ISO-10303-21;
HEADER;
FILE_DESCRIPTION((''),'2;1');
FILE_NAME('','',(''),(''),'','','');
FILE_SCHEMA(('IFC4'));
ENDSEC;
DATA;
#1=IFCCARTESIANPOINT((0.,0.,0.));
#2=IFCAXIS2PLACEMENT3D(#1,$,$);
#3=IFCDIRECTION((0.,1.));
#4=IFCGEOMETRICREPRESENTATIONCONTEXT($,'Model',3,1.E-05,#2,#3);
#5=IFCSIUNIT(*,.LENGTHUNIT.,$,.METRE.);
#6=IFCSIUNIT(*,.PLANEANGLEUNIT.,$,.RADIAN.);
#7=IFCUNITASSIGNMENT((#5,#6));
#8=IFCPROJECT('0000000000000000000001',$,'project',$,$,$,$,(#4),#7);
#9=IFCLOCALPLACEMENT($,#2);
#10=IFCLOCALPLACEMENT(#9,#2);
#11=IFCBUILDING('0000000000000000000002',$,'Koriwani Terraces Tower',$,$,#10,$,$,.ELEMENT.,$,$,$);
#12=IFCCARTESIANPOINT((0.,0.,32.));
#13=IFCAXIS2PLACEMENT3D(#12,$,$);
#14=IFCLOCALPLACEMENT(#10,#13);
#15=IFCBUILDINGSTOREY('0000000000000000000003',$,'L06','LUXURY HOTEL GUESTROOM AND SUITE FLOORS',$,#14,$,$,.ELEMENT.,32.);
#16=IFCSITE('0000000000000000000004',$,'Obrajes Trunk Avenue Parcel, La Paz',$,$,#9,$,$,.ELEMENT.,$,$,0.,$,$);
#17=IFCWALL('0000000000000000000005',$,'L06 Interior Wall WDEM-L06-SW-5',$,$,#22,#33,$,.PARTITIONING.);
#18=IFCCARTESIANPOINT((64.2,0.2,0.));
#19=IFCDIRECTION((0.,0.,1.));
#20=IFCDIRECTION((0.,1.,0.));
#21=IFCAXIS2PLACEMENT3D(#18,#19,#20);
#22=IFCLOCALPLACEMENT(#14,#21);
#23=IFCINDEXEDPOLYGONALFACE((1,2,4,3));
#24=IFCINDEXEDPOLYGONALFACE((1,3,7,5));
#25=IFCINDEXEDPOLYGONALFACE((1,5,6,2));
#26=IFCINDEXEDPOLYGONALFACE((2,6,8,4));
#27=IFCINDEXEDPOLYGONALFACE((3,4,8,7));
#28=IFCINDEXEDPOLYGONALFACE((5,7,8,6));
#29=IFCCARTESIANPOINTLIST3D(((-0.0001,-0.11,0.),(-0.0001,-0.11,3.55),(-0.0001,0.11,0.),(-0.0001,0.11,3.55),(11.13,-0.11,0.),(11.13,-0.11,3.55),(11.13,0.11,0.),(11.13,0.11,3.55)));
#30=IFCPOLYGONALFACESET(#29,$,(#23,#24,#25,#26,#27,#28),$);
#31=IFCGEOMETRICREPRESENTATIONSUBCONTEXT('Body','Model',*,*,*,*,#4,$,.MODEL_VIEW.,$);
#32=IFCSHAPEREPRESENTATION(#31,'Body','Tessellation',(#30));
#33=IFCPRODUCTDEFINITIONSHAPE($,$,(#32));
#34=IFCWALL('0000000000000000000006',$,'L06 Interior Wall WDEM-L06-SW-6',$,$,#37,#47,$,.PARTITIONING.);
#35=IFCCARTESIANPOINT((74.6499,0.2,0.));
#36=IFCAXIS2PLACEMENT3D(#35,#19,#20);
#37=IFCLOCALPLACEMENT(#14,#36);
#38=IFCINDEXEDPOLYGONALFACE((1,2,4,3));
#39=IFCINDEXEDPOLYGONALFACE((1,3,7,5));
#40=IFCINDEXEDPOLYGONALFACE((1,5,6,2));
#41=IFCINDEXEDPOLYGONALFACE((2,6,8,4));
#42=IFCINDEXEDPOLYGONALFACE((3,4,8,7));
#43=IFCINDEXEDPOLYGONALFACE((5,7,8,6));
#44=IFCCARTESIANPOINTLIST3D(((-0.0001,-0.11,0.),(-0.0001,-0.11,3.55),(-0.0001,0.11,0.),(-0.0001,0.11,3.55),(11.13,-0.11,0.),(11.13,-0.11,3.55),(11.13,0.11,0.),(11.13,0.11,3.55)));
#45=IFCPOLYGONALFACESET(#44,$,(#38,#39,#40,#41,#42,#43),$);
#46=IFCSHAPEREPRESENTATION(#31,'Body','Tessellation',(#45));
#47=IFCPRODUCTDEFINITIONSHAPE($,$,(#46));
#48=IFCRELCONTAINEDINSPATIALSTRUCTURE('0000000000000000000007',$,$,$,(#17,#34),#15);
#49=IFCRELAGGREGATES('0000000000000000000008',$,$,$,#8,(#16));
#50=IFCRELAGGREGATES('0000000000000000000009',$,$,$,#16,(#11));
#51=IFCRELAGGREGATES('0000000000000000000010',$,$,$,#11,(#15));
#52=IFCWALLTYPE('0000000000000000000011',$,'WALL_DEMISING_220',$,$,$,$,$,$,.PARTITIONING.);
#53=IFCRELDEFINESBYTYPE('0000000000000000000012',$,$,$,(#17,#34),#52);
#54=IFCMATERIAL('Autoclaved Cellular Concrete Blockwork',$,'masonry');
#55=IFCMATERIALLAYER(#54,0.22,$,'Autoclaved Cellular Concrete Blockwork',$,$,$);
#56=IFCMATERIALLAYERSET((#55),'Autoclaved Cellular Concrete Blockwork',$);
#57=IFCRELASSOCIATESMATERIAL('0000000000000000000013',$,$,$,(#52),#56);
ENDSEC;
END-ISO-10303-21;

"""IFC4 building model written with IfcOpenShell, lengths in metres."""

from ifc_helpers import new_model, si_unit, direction, frame, frame_2d, origin, place, context, subcontext, project, spatial, rectangle, extrude, material, layer, layer_set, type_object, element, save


model = new_model("IFC4")

# Units and contexts
model_context = context("Model", 3, precision=1e-05, world=origin(), true_north=direction((0.0, 1.0)))
body_context = subcontext(model_context, "Body", "Model", "MODEL_VIEW")
ifc_project = project(units=[si_unit("LENGTHUNIT", "METRE"), si_unit("PLANEANGLEUNIT", "RADIAN")], contexts=[model_context])

# Site, building, storey
site_placement = place(None, origin())
site = spatial("IfcSite", under=ifc_project, at=site_placement, Name="Obrajes Trunk Avenue Parcel, La Paz", CompositionType="ELEMENT", RefElevation=0.0)
building_placement = place(site_placement, origin())
building = spatial("IfcBuilding", under=site, at=building_placement, Name="Koriwani Terraces Tower", CompositionType="ELEMENT")
storey_placement = place(building_placement, frame((0.0, 0.0, 32.0)))
storey = spatial("IfcBuildingStorey", under=building, at=storey_placement, Name="L06", Description="LUXURY HOTEL GUESTROOM AND SUITE FLOORS", CompositionType="ELEMENT", Elevation=32.0)

# Walls
ifc_material_1 = material(Name="Autoclaved Cellular Concrete Blockwork", Category="masonry")
ifc_layer_1 = layer(ifc_material_1, 0.22, Name="Autoclaved Cellular Concrete Blockwork")
ifc_layer_set_1 = layer_set([ifc_layer_1], Name="Autoclaved Cellular Concrete Blockwork")
wall_type_1 = type_object("IfcWallType", Name="WALL_DEMISING_220", PredefinedType="PARTITIONING", material=ifc_layer_set_1)
for number, where, z_axis, x_axis, name in (
    (1, (64.2, 0.2, 0.0), (0.0, 0.0, 1.0), (0.0, 1.0, 0.0), "L06 Interior Wall WDEM-L06-SW-5"),
    (2, (74.6499, 0.2, 0.0), (0.0, 0.0, 1.0), (0.0, 1.0, 0.0), "L06 Interior Wall WDEM-L06-SW-6"),
):
    element("IfcWall", number, at=place(storey_placement, frame(where, z_axis=z_axis, x_axis=x_axis)), inside=storey, type_object=wall_type_1, Name=name, PredefinedType="PARTITIONING", context=body_context, shape_type="SweptSolid", body=[
        extrude(rectangle(XDim=11.1301, YDim=0.22, at=frame_2d((5.5649, 0.0))), origin(), (0.0, 0.0, 1.0), 3.55),
    ])

save(model, "model.ifc")
